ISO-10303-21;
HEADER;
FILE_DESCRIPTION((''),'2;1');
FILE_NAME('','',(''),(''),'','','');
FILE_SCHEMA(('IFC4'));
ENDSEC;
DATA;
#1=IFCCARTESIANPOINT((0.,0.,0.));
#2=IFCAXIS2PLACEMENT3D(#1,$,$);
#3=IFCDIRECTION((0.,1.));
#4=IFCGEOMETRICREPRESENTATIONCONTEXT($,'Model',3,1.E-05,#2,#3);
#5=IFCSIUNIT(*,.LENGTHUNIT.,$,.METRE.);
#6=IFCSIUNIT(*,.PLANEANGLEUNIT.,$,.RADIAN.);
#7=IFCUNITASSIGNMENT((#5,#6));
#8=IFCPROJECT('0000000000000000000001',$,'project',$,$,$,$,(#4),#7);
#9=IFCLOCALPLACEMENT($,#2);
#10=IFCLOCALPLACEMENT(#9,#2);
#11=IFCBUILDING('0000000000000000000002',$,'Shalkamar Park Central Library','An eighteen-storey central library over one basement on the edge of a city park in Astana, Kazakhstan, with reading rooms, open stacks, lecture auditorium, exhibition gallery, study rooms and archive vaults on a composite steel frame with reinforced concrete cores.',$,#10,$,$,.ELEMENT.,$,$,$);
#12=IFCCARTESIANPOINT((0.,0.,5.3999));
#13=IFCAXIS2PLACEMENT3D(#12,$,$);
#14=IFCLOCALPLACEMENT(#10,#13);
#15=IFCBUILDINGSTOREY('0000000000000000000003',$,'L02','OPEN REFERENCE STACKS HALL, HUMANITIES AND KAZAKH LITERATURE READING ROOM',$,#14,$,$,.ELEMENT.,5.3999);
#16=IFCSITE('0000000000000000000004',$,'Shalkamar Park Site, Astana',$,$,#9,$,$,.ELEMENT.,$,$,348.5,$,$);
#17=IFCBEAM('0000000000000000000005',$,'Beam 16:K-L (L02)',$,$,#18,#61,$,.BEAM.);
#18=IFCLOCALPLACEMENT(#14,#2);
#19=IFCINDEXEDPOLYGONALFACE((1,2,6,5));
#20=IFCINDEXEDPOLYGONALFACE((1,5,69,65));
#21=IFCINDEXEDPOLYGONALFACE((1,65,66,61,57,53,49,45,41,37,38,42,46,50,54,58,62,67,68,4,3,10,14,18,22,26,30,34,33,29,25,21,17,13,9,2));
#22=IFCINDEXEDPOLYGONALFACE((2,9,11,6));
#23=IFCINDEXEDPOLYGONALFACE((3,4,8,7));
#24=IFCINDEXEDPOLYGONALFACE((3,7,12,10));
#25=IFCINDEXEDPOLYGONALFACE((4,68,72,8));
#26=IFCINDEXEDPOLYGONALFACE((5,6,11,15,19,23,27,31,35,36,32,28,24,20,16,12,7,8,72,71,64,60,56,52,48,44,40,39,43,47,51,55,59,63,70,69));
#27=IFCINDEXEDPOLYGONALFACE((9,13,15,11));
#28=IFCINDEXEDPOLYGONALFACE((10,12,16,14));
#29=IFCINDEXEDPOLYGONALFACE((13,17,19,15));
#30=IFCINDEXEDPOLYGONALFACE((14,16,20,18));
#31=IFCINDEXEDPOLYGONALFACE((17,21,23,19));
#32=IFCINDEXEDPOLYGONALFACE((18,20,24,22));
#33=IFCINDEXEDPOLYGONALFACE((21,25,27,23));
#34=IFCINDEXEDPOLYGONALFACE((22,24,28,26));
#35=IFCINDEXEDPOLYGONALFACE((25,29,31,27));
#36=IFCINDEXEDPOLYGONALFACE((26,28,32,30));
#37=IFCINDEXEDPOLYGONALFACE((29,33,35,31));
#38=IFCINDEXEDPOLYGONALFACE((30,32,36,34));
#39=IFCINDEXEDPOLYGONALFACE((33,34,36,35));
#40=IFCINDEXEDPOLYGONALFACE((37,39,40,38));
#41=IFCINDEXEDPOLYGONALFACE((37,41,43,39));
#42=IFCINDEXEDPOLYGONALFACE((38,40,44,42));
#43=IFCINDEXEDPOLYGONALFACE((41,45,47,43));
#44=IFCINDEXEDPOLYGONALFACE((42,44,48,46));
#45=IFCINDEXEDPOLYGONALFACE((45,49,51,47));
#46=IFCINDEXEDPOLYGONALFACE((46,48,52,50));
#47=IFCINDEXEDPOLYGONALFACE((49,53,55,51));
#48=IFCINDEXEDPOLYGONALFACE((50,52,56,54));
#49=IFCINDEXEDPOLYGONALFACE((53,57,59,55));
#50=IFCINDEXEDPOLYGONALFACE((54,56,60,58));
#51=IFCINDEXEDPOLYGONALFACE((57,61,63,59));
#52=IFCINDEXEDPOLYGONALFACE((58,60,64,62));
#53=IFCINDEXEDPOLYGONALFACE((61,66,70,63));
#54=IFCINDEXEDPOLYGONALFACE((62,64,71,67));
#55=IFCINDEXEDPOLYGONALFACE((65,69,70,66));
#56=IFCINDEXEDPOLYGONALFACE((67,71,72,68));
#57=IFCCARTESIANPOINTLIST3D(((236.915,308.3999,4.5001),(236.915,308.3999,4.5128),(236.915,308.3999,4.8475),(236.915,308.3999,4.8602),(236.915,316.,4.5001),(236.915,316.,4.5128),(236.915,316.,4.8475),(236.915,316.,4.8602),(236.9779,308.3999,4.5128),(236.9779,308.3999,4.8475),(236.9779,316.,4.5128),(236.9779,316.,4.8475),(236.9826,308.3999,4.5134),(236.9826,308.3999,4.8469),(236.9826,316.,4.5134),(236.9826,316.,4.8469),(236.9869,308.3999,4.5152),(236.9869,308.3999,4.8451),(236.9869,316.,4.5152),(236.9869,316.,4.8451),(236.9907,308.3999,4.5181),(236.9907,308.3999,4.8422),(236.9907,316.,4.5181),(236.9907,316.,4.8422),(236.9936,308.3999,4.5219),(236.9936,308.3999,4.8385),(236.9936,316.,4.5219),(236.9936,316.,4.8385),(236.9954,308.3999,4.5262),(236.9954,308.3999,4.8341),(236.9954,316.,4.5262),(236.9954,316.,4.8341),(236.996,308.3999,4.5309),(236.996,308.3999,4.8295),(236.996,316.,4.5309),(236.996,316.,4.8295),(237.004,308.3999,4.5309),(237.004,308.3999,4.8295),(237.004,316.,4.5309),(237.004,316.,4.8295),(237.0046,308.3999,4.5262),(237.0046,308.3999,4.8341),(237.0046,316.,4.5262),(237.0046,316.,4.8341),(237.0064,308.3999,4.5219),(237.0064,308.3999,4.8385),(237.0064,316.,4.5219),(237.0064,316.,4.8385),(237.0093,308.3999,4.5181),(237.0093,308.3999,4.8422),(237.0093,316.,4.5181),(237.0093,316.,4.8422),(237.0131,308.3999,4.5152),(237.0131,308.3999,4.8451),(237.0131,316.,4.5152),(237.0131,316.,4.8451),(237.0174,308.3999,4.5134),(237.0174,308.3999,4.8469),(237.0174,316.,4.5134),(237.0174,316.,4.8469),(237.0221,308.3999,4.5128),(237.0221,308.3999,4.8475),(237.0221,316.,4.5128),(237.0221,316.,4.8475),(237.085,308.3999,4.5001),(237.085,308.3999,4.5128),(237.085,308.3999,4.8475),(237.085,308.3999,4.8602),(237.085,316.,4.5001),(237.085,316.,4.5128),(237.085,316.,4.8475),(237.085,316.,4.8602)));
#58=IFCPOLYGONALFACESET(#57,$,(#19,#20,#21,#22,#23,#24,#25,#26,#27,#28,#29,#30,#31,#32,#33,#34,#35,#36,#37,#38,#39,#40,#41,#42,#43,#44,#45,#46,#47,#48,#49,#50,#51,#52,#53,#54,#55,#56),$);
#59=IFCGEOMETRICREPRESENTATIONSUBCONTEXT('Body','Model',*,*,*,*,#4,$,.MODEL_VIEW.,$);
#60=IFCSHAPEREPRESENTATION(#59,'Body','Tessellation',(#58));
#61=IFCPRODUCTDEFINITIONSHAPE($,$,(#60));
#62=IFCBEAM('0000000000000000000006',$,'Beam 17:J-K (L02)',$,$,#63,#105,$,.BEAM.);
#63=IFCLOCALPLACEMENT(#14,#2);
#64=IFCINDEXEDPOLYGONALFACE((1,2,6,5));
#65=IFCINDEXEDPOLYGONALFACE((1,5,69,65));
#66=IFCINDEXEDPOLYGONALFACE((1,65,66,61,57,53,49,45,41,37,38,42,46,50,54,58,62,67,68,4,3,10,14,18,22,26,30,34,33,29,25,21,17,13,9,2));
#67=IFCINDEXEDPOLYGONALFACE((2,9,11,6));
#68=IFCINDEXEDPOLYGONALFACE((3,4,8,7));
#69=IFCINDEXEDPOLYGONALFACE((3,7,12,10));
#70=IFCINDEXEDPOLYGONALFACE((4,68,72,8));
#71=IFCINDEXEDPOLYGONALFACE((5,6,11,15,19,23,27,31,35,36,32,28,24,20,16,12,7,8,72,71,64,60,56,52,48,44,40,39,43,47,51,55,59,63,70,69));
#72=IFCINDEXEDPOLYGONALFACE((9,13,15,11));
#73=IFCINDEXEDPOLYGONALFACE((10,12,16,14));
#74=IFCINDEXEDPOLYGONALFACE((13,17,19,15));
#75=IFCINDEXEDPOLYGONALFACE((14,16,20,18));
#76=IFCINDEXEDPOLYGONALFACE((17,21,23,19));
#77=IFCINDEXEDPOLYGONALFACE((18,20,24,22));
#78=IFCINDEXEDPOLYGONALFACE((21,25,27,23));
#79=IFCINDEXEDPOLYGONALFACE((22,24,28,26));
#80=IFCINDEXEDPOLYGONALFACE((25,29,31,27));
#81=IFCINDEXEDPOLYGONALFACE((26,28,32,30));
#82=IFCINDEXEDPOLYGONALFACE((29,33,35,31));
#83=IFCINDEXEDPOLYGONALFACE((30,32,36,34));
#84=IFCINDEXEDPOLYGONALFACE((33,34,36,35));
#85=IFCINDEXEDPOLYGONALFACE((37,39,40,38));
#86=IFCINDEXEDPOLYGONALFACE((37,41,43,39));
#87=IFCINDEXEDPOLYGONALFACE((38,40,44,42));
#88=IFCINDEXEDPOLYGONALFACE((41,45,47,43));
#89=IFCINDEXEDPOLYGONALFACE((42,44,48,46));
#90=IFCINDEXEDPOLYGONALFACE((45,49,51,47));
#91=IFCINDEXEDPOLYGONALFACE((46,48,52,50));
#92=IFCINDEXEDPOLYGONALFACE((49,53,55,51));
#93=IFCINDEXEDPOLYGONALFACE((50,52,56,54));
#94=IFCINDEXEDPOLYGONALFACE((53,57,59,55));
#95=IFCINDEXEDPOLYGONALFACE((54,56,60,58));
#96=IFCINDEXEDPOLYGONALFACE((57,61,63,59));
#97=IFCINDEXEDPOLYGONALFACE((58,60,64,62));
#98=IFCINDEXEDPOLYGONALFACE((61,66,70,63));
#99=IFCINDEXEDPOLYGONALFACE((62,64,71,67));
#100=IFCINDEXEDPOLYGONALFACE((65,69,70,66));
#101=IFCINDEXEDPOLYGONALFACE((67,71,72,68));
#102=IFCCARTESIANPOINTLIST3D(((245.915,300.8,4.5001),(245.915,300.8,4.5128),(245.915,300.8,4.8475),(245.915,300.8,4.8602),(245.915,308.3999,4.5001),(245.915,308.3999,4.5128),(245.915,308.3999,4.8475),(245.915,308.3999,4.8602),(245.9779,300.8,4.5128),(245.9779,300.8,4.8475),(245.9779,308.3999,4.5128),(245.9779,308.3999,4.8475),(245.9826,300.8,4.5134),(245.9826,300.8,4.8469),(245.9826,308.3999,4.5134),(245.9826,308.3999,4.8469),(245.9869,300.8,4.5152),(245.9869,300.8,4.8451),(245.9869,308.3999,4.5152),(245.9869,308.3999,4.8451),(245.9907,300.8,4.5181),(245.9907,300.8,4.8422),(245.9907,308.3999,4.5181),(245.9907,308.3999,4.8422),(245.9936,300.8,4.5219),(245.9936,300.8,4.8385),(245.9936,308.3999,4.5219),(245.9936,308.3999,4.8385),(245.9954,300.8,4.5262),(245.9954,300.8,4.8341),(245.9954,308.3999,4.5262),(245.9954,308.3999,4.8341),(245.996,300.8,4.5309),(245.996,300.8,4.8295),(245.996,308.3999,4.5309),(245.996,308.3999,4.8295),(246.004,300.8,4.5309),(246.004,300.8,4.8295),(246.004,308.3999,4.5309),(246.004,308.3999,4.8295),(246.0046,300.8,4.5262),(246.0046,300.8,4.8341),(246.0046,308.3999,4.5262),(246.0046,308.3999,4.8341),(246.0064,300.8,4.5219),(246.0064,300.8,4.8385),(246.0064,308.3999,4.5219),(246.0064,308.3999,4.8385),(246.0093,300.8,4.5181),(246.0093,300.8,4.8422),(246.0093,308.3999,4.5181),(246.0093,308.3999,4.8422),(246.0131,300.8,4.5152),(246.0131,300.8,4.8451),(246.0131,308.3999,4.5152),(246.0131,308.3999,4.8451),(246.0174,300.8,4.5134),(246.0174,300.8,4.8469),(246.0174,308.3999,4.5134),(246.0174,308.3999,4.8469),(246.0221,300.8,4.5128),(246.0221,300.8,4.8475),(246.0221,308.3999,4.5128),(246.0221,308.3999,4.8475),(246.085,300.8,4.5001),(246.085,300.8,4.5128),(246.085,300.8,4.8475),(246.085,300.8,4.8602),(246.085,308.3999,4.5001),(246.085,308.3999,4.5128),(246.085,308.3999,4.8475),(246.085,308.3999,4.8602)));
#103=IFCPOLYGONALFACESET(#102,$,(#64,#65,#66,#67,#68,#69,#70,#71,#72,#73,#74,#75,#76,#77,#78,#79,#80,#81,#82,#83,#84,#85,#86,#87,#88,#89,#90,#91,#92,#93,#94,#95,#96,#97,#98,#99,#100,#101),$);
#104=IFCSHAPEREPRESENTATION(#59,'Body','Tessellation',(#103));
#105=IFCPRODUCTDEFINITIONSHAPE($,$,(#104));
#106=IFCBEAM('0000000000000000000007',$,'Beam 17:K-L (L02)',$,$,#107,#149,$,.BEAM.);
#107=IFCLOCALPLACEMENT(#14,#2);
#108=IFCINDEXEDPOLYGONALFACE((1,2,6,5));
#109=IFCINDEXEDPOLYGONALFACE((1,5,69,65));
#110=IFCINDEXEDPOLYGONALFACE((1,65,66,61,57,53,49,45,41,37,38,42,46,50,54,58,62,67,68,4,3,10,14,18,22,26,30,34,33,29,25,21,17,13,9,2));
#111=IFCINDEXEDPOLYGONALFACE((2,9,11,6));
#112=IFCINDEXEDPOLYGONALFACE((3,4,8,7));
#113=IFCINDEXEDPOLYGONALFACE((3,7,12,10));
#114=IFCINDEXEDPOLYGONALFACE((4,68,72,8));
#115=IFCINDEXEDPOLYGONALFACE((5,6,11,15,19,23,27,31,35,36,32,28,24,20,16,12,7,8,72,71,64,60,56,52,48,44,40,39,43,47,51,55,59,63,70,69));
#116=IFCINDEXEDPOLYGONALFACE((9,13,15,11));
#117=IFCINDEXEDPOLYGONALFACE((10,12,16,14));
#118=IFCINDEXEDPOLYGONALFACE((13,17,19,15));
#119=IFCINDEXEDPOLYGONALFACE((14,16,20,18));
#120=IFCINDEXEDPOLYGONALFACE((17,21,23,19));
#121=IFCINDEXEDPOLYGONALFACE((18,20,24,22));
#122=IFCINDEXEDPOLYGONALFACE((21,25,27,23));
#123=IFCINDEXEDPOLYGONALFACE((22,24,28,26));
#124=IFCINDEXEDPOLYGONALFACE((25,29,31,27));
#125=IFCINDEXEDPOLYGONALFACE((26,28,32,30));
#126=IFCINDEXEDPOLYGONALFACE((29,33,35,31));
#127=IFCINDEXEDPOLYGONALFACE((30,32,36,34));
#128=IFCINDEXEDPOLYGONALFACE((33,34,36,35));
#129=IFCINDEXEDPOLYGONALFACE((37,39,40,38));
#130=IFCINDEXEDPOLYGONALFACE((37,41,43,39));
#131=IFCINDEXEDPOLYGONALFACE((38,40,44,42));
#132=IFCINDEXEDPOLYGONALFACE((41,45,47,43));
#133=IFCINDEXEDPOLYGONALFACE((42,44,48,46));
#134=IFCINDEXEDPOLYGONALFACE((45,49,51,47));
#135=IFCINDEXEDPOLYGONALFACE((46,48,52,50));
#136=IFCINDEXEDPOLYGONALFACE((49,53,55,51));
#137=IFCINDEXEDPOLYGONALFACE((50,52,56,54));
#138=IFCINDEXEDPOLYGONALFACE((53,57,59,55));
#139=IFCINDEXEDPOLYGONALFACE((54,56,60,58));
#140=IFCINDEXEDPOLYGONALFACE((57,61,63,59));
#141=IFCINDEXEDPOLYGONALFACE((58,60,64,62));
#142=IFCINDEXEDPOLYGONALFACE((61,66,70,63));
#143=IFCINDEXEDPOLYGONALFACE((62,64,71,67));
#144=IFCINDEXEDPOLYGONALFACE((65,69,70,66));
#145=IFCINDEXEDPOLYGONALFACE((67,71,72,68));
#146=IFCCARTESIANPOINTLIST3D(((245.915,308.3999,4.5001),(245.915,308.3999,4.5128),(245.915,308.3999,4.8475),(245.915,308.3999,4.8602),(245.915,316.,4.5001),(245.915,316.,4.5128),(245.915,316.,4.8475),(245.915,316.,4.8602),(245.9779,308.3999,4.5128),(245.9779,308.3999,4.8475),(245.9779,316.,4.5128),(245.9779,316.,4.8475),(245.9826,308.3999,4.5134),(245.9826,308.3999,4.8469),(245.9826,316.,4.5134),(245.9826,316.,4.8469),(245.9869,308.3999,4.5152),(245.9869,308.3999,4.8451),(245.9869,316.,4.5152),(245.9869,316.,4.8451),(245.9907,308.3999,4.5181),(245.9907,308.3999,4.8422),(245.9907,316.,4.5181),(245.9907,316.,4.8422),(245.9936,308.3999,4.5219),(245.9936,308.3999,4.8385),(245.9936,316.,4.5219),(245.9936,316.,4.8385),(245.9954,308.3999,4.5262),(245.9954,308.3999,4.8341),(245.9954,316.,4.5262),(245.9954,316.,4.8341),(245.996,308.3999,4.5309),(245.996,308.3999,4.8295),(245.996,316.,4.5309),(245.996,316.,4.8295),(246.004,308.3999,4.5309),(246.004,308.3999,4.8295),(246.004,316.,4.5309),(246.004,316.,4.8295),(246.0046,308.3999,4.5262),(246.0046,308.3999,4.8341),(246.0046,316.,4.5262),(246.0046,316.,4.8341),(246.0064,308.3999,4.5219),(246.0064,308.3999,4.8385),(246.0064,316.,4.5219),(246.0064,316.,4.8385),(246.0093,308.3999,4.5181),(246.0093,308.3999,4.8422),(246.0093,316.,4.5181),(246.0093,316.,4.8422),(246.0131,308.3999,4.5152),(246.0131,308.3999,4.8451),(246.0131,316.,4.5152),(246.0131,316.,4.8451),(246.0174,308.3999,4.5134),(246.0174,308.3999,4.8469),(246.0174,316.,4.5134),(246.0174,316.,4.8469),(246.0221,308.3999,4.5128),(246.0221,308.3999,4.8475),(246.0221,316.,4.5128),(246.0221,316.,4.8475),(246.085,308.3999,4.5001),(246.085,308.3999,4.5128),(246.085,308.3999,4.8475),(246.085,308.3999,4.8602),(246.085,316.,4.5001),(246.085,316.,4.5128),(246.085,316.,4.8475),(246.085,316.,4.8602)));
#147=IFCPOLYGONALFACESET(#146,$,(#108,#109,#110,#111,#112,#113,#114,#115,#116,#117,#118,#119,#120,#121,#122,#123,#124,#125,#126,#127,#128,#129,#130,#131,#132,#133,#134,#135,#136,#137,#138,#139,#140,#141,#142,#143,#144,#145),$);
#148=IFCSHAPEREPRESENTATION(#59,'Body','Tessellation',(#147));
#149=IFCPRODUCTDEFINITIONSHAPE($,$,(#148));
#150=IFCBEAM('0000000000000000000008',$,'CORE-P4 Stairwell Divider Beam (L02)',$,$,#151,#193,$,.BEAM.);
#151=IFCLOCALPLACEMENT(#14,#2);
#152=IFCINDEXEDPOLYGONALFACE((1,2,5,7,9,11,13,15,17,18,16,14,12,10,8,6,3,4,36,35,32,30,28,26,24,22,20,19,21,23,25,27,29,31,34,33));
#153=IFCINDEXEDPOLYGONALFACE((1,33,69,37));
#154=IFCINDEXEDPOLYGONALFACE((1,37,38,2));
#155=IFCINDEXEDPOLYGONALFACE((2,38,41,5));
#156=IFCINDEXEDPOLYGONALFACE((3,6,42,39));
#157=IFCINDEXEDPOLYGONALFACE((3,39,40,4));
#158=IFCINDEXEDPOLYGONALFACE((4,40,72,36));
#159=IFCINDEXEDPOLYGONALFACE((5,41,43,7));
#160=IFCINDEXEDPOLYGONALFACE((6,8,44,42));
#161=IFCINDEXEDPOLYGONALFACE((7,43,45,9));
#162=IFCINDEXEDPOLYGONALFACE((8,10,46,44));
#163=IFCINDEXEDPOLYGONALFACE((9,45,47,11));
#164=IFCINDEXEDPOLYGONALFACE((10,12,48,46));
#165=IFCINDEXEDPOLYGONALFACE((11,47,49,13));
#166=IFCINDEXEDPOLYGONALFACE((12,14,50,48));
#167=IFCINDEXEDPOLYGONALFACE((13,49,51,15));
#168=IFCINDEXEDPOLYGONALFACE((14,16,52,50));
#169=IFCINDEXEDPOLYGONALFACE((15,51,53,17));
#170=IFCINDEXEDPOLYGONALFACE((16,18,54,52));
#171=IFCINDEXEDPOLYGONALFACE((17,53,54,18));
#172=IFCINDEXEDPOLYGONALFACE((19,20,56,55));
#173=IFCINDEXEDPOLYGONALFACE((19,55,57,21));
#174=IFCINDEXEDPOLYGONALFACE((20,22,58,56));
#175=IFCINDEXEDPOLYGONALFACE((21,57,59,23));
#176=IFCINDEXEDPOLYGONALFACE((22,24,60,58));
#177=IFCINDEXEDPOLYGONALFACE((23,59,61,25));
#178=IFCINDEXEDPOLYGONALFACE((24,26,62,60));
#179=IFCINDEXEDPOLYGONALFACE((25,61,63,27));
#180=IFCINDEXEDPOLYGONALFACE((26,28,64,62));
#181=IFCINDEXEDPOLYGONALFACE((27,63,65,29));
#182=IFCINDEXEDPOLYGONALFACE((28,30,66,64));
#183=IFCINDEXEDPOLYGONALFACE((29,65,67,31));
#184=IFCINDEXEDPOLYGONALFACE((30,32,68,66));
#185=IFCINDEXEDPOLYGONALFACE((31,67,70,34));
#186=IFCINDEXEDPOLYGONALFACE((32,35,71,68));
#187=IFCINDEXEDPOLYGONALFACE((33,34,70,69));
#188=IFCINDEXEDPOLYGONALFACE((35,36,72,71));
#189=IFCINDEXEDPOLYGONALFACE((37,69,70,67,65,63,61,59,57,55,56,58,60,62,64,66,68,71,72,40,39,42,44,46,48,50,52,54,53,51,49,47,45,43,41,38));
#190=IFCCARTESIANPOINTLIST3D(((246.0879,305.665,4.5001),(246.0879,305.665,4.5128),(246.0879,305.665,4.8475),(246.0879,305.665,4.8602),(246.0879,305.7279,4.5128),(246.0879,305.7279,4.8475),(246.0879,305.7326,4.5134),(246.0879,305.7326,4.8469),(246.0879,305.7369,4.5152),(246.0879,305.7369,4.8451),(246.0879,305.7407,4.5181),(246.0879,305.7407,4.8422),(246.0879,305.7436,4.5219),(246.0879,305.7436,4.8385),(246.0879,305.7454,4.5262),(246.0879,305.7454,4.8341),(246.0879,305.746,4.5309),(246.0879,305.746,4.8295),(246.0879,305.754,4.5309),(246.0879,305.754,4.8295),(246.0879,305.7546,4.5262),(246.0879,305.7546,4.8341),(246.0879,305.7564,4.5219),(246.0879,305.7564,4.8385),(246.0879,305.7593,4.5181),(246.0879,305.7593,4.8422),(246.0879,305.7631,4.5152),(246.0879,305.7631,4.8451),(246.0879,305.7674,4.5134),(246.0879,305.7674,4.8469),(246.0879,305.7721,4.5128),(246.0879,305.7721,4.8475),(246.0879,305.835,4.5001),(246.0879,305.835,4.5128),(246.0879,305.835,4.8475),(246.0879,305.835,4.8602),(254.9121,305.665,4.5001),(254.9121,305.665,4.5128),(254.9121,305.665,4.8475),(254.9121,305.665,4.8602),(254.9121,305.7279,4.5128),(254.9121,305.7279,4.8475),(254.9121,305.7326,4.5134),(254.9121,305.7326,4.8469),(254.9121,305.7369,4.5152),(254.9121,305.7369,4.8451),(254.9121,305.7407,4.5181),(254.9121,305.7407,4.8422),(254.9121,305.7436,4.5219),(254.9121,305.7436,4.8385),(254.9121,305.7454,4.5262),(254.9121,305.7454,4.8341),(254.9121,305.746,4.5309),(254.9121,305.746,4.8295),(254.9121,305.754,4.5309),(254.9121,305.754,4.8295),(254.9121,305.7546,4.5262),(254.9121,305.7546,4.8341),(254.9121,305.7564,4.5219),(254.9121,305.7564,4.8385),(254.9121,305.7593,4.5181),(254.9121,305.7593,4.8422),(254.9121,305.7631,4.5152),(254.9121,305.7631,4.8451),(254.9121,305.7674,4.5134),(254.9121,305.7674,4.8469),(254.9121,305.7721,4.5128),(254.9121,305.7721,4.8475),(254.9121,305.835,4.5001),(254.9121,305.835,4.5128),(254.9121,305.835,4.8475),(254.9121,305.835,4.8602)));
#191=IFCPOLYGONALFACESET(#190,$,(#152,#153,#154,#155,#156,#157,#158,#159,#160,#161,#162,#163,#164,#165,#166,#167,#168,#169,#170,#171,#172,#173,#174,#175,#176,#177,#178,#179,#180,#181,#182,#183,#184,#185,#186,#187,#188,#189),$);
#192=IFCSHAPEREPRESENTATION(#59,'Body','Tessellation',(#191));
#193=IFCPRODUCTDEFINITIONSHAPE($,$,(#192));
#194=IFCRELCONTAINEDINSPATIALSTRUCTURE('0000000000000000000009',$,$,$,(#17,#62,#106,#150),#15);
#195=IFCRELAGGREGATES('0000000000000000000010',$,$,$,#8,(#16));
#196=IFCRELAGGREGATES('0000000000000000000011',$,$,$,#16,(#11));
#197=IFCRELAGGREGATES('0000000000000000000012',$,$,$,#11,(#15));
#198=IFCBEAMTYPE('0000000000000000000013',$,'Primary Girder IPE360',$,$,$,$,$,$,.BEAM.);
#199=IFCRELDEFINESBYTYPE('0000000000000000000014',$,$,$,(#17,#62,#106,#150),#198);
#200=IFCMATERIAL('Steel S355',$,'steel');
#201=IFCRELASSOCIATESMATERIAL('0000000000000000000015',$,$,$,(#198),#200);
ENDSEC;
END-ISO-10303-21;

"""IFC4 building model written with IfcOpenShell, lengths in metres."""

from ifc_helpers import new_model, si_unit, direction, frame, origin, origin_2d, place, context, subcontext, project, spatial, i_section, extrude, material, material_profile, profile_set, type_object, element, save


model = new_model("IFC4")

# Units and contexts
model_context = context("Model", 3, precision=1e-05, world=origin(), true_north=direction((0.0, 1.0)))
body_context = subcontext(model_context, "Body", "Model", "MODEL_VIEW")
ifc_project = project(units=[si_unit("LENGTHUNIT", "METRE"), si_unit("PLANEANGLEUNIT", "RADIAN")], contexts=[model_context])

# Site, building, storey
site_placement = place(None, origin())
site = spatial("IfcSite", under=ifc_project, at=site_placement, Name="Shalkamar Park Site, Astana", CompositionType="ELEMENT", RefElevation=348.5)
building_placement = place(site_placement, origin())
building = spatial("IfcBuilding", under=site, at=building_placement, Name="Shalkamar Park Central Library", Description="An eighteen-storey central library over one basement on the edge of a city park in Astana, Kazakhstan, with reading rooms, open stacks, lecture auditorium, exhibition gallery, study rooms and archive vaults on a composite steel frame with reinforced concrete cores.", CompositionType="ELEMENT")
storey_placement = place(building_placement, frame((0.0, 0.0, 5.3999)))
storey = spatial("IfcBuildingStorey", under=building, at=storey_placement, Name="L02", Description="OPEN REFERENCE STACKS HALL, HUMANITIES AND KAZAKH LITERATURE READING ROOM", CompositionType="ELEMENT", Elevation=5.3999)

# Shared definitions
ifc_material_1 = material(Name="Steel S355", Category="steel")

# Beams
ifc_material_profile_1 = material_profile(ifc_material_1, i_section(OverallWidth=0.1699, OverallDepth=0.3601, WebThickness=0.0081, FlangeThickness=0.0127, FilletRadius=0.0181, at=origin_2d()), Name="IPE 360")
ifc_profile_set_1 = profile_set([ifc_material_profile_1], Name="Steel S355")
beam_type_1 = type_object("IfcBeamType", Name="Primary Girder IPE360", PredefinedType="BEAM", material=ifc_profile_set_1)
beam_1_placement = place(storey_placement, frame((237.0, 308.3999, 4.6802), z_axis=(0.0, 1.0, 0.0), x_axis=(-1.0, 0.0, 0.0)))
element("IfcBeam", 1, at=beam_1_placement, inside=storey, type_object=beam_type_1, Name="Beam 16:K-L (L02)", PredefinedType="BEAM", context=body_context, shape_type="SweptSolid", body=[
    extrude(i_section(OverallWidth=0.1699, OverallDepth=0.3601, WebThickness=0.0081, FlangeThickness=0.0127, FilletRadius=0.0181, at=origin_2d()), origin(), (0.0, 0.0, 1.0), 7.6001),
])
beam_2_placement = place(storey_placement, frame((246.0, 300.8, 4.6802), z_axis=(0.0, 1.0, 0.0), x_axis=(-1.0, 0.0, 0.0)))
element("IfcBeam", 2, at=beam_2_placement, inside=storey, type_object=beam_type_1, Name="Beam 17:J-K (L02)", PredefinedType="BEAM", context=body_context, shape_type="SweptSolid", body=[
    extrude(i_section(OverallWidth=0.1699, OverallDepth=0.3601, WebThickness=0.0081, FlangeThickness=0.0127, FilletRadius=0.0181, at=origin_2d()), origin(), (0.0, 0.0, 1.0), 7.5999),
])
beam_3_placement = place(storey_placement, frame((246.0, 308.3999, 4.6802), z_axis=(0.0, 1.0, 0.0), x_axis=(-1.0, 0.0, 0.0)))
element("IfcBeam", 3, at=beam_3_placement, inside=storey, type_object=beam_type_1, Name="Beam 17:K-L (L02)", PredefinedType="BEAM", context=body_context, shape_type="SweptSolid", body=[
    extrude(i_section(OverallWidth=0.1699, OverallDepth=0.3601, WebThickness=0.0081, FlangeThickness=0.0127, FilletRadius=0.0181, at=origin_2d()), origin(), (0.0, 0.0, 1.0), 7.6001),
])
beam_4_placement = place(storey_placement, frame((246.0879, 305.75, 4.6802), z_axis=(1.0, 0.0, 0.0), x_axis=(0.0, 1.0, 0.0)))
element("IfcBeam", 4, at=beam_4_placement, inside=storey, type_object=beam_type_1, Name="CORE-P4 Stairwell Divider Beam (L02)", PredefinedType="BEAM", context=body_context, shape_type="SweptSolid", body=[
    extrude(i_section(OverallWidth=0.1699, OverallDepth=0.3601, WebThickness=0.0081, FlangeThickness=0.0127, FilletRadius=0.0181, at=origin_2d()), origin(), (0.0, 0.0, 1.0), 8.8242),
])

save(model, "model.ifc")
